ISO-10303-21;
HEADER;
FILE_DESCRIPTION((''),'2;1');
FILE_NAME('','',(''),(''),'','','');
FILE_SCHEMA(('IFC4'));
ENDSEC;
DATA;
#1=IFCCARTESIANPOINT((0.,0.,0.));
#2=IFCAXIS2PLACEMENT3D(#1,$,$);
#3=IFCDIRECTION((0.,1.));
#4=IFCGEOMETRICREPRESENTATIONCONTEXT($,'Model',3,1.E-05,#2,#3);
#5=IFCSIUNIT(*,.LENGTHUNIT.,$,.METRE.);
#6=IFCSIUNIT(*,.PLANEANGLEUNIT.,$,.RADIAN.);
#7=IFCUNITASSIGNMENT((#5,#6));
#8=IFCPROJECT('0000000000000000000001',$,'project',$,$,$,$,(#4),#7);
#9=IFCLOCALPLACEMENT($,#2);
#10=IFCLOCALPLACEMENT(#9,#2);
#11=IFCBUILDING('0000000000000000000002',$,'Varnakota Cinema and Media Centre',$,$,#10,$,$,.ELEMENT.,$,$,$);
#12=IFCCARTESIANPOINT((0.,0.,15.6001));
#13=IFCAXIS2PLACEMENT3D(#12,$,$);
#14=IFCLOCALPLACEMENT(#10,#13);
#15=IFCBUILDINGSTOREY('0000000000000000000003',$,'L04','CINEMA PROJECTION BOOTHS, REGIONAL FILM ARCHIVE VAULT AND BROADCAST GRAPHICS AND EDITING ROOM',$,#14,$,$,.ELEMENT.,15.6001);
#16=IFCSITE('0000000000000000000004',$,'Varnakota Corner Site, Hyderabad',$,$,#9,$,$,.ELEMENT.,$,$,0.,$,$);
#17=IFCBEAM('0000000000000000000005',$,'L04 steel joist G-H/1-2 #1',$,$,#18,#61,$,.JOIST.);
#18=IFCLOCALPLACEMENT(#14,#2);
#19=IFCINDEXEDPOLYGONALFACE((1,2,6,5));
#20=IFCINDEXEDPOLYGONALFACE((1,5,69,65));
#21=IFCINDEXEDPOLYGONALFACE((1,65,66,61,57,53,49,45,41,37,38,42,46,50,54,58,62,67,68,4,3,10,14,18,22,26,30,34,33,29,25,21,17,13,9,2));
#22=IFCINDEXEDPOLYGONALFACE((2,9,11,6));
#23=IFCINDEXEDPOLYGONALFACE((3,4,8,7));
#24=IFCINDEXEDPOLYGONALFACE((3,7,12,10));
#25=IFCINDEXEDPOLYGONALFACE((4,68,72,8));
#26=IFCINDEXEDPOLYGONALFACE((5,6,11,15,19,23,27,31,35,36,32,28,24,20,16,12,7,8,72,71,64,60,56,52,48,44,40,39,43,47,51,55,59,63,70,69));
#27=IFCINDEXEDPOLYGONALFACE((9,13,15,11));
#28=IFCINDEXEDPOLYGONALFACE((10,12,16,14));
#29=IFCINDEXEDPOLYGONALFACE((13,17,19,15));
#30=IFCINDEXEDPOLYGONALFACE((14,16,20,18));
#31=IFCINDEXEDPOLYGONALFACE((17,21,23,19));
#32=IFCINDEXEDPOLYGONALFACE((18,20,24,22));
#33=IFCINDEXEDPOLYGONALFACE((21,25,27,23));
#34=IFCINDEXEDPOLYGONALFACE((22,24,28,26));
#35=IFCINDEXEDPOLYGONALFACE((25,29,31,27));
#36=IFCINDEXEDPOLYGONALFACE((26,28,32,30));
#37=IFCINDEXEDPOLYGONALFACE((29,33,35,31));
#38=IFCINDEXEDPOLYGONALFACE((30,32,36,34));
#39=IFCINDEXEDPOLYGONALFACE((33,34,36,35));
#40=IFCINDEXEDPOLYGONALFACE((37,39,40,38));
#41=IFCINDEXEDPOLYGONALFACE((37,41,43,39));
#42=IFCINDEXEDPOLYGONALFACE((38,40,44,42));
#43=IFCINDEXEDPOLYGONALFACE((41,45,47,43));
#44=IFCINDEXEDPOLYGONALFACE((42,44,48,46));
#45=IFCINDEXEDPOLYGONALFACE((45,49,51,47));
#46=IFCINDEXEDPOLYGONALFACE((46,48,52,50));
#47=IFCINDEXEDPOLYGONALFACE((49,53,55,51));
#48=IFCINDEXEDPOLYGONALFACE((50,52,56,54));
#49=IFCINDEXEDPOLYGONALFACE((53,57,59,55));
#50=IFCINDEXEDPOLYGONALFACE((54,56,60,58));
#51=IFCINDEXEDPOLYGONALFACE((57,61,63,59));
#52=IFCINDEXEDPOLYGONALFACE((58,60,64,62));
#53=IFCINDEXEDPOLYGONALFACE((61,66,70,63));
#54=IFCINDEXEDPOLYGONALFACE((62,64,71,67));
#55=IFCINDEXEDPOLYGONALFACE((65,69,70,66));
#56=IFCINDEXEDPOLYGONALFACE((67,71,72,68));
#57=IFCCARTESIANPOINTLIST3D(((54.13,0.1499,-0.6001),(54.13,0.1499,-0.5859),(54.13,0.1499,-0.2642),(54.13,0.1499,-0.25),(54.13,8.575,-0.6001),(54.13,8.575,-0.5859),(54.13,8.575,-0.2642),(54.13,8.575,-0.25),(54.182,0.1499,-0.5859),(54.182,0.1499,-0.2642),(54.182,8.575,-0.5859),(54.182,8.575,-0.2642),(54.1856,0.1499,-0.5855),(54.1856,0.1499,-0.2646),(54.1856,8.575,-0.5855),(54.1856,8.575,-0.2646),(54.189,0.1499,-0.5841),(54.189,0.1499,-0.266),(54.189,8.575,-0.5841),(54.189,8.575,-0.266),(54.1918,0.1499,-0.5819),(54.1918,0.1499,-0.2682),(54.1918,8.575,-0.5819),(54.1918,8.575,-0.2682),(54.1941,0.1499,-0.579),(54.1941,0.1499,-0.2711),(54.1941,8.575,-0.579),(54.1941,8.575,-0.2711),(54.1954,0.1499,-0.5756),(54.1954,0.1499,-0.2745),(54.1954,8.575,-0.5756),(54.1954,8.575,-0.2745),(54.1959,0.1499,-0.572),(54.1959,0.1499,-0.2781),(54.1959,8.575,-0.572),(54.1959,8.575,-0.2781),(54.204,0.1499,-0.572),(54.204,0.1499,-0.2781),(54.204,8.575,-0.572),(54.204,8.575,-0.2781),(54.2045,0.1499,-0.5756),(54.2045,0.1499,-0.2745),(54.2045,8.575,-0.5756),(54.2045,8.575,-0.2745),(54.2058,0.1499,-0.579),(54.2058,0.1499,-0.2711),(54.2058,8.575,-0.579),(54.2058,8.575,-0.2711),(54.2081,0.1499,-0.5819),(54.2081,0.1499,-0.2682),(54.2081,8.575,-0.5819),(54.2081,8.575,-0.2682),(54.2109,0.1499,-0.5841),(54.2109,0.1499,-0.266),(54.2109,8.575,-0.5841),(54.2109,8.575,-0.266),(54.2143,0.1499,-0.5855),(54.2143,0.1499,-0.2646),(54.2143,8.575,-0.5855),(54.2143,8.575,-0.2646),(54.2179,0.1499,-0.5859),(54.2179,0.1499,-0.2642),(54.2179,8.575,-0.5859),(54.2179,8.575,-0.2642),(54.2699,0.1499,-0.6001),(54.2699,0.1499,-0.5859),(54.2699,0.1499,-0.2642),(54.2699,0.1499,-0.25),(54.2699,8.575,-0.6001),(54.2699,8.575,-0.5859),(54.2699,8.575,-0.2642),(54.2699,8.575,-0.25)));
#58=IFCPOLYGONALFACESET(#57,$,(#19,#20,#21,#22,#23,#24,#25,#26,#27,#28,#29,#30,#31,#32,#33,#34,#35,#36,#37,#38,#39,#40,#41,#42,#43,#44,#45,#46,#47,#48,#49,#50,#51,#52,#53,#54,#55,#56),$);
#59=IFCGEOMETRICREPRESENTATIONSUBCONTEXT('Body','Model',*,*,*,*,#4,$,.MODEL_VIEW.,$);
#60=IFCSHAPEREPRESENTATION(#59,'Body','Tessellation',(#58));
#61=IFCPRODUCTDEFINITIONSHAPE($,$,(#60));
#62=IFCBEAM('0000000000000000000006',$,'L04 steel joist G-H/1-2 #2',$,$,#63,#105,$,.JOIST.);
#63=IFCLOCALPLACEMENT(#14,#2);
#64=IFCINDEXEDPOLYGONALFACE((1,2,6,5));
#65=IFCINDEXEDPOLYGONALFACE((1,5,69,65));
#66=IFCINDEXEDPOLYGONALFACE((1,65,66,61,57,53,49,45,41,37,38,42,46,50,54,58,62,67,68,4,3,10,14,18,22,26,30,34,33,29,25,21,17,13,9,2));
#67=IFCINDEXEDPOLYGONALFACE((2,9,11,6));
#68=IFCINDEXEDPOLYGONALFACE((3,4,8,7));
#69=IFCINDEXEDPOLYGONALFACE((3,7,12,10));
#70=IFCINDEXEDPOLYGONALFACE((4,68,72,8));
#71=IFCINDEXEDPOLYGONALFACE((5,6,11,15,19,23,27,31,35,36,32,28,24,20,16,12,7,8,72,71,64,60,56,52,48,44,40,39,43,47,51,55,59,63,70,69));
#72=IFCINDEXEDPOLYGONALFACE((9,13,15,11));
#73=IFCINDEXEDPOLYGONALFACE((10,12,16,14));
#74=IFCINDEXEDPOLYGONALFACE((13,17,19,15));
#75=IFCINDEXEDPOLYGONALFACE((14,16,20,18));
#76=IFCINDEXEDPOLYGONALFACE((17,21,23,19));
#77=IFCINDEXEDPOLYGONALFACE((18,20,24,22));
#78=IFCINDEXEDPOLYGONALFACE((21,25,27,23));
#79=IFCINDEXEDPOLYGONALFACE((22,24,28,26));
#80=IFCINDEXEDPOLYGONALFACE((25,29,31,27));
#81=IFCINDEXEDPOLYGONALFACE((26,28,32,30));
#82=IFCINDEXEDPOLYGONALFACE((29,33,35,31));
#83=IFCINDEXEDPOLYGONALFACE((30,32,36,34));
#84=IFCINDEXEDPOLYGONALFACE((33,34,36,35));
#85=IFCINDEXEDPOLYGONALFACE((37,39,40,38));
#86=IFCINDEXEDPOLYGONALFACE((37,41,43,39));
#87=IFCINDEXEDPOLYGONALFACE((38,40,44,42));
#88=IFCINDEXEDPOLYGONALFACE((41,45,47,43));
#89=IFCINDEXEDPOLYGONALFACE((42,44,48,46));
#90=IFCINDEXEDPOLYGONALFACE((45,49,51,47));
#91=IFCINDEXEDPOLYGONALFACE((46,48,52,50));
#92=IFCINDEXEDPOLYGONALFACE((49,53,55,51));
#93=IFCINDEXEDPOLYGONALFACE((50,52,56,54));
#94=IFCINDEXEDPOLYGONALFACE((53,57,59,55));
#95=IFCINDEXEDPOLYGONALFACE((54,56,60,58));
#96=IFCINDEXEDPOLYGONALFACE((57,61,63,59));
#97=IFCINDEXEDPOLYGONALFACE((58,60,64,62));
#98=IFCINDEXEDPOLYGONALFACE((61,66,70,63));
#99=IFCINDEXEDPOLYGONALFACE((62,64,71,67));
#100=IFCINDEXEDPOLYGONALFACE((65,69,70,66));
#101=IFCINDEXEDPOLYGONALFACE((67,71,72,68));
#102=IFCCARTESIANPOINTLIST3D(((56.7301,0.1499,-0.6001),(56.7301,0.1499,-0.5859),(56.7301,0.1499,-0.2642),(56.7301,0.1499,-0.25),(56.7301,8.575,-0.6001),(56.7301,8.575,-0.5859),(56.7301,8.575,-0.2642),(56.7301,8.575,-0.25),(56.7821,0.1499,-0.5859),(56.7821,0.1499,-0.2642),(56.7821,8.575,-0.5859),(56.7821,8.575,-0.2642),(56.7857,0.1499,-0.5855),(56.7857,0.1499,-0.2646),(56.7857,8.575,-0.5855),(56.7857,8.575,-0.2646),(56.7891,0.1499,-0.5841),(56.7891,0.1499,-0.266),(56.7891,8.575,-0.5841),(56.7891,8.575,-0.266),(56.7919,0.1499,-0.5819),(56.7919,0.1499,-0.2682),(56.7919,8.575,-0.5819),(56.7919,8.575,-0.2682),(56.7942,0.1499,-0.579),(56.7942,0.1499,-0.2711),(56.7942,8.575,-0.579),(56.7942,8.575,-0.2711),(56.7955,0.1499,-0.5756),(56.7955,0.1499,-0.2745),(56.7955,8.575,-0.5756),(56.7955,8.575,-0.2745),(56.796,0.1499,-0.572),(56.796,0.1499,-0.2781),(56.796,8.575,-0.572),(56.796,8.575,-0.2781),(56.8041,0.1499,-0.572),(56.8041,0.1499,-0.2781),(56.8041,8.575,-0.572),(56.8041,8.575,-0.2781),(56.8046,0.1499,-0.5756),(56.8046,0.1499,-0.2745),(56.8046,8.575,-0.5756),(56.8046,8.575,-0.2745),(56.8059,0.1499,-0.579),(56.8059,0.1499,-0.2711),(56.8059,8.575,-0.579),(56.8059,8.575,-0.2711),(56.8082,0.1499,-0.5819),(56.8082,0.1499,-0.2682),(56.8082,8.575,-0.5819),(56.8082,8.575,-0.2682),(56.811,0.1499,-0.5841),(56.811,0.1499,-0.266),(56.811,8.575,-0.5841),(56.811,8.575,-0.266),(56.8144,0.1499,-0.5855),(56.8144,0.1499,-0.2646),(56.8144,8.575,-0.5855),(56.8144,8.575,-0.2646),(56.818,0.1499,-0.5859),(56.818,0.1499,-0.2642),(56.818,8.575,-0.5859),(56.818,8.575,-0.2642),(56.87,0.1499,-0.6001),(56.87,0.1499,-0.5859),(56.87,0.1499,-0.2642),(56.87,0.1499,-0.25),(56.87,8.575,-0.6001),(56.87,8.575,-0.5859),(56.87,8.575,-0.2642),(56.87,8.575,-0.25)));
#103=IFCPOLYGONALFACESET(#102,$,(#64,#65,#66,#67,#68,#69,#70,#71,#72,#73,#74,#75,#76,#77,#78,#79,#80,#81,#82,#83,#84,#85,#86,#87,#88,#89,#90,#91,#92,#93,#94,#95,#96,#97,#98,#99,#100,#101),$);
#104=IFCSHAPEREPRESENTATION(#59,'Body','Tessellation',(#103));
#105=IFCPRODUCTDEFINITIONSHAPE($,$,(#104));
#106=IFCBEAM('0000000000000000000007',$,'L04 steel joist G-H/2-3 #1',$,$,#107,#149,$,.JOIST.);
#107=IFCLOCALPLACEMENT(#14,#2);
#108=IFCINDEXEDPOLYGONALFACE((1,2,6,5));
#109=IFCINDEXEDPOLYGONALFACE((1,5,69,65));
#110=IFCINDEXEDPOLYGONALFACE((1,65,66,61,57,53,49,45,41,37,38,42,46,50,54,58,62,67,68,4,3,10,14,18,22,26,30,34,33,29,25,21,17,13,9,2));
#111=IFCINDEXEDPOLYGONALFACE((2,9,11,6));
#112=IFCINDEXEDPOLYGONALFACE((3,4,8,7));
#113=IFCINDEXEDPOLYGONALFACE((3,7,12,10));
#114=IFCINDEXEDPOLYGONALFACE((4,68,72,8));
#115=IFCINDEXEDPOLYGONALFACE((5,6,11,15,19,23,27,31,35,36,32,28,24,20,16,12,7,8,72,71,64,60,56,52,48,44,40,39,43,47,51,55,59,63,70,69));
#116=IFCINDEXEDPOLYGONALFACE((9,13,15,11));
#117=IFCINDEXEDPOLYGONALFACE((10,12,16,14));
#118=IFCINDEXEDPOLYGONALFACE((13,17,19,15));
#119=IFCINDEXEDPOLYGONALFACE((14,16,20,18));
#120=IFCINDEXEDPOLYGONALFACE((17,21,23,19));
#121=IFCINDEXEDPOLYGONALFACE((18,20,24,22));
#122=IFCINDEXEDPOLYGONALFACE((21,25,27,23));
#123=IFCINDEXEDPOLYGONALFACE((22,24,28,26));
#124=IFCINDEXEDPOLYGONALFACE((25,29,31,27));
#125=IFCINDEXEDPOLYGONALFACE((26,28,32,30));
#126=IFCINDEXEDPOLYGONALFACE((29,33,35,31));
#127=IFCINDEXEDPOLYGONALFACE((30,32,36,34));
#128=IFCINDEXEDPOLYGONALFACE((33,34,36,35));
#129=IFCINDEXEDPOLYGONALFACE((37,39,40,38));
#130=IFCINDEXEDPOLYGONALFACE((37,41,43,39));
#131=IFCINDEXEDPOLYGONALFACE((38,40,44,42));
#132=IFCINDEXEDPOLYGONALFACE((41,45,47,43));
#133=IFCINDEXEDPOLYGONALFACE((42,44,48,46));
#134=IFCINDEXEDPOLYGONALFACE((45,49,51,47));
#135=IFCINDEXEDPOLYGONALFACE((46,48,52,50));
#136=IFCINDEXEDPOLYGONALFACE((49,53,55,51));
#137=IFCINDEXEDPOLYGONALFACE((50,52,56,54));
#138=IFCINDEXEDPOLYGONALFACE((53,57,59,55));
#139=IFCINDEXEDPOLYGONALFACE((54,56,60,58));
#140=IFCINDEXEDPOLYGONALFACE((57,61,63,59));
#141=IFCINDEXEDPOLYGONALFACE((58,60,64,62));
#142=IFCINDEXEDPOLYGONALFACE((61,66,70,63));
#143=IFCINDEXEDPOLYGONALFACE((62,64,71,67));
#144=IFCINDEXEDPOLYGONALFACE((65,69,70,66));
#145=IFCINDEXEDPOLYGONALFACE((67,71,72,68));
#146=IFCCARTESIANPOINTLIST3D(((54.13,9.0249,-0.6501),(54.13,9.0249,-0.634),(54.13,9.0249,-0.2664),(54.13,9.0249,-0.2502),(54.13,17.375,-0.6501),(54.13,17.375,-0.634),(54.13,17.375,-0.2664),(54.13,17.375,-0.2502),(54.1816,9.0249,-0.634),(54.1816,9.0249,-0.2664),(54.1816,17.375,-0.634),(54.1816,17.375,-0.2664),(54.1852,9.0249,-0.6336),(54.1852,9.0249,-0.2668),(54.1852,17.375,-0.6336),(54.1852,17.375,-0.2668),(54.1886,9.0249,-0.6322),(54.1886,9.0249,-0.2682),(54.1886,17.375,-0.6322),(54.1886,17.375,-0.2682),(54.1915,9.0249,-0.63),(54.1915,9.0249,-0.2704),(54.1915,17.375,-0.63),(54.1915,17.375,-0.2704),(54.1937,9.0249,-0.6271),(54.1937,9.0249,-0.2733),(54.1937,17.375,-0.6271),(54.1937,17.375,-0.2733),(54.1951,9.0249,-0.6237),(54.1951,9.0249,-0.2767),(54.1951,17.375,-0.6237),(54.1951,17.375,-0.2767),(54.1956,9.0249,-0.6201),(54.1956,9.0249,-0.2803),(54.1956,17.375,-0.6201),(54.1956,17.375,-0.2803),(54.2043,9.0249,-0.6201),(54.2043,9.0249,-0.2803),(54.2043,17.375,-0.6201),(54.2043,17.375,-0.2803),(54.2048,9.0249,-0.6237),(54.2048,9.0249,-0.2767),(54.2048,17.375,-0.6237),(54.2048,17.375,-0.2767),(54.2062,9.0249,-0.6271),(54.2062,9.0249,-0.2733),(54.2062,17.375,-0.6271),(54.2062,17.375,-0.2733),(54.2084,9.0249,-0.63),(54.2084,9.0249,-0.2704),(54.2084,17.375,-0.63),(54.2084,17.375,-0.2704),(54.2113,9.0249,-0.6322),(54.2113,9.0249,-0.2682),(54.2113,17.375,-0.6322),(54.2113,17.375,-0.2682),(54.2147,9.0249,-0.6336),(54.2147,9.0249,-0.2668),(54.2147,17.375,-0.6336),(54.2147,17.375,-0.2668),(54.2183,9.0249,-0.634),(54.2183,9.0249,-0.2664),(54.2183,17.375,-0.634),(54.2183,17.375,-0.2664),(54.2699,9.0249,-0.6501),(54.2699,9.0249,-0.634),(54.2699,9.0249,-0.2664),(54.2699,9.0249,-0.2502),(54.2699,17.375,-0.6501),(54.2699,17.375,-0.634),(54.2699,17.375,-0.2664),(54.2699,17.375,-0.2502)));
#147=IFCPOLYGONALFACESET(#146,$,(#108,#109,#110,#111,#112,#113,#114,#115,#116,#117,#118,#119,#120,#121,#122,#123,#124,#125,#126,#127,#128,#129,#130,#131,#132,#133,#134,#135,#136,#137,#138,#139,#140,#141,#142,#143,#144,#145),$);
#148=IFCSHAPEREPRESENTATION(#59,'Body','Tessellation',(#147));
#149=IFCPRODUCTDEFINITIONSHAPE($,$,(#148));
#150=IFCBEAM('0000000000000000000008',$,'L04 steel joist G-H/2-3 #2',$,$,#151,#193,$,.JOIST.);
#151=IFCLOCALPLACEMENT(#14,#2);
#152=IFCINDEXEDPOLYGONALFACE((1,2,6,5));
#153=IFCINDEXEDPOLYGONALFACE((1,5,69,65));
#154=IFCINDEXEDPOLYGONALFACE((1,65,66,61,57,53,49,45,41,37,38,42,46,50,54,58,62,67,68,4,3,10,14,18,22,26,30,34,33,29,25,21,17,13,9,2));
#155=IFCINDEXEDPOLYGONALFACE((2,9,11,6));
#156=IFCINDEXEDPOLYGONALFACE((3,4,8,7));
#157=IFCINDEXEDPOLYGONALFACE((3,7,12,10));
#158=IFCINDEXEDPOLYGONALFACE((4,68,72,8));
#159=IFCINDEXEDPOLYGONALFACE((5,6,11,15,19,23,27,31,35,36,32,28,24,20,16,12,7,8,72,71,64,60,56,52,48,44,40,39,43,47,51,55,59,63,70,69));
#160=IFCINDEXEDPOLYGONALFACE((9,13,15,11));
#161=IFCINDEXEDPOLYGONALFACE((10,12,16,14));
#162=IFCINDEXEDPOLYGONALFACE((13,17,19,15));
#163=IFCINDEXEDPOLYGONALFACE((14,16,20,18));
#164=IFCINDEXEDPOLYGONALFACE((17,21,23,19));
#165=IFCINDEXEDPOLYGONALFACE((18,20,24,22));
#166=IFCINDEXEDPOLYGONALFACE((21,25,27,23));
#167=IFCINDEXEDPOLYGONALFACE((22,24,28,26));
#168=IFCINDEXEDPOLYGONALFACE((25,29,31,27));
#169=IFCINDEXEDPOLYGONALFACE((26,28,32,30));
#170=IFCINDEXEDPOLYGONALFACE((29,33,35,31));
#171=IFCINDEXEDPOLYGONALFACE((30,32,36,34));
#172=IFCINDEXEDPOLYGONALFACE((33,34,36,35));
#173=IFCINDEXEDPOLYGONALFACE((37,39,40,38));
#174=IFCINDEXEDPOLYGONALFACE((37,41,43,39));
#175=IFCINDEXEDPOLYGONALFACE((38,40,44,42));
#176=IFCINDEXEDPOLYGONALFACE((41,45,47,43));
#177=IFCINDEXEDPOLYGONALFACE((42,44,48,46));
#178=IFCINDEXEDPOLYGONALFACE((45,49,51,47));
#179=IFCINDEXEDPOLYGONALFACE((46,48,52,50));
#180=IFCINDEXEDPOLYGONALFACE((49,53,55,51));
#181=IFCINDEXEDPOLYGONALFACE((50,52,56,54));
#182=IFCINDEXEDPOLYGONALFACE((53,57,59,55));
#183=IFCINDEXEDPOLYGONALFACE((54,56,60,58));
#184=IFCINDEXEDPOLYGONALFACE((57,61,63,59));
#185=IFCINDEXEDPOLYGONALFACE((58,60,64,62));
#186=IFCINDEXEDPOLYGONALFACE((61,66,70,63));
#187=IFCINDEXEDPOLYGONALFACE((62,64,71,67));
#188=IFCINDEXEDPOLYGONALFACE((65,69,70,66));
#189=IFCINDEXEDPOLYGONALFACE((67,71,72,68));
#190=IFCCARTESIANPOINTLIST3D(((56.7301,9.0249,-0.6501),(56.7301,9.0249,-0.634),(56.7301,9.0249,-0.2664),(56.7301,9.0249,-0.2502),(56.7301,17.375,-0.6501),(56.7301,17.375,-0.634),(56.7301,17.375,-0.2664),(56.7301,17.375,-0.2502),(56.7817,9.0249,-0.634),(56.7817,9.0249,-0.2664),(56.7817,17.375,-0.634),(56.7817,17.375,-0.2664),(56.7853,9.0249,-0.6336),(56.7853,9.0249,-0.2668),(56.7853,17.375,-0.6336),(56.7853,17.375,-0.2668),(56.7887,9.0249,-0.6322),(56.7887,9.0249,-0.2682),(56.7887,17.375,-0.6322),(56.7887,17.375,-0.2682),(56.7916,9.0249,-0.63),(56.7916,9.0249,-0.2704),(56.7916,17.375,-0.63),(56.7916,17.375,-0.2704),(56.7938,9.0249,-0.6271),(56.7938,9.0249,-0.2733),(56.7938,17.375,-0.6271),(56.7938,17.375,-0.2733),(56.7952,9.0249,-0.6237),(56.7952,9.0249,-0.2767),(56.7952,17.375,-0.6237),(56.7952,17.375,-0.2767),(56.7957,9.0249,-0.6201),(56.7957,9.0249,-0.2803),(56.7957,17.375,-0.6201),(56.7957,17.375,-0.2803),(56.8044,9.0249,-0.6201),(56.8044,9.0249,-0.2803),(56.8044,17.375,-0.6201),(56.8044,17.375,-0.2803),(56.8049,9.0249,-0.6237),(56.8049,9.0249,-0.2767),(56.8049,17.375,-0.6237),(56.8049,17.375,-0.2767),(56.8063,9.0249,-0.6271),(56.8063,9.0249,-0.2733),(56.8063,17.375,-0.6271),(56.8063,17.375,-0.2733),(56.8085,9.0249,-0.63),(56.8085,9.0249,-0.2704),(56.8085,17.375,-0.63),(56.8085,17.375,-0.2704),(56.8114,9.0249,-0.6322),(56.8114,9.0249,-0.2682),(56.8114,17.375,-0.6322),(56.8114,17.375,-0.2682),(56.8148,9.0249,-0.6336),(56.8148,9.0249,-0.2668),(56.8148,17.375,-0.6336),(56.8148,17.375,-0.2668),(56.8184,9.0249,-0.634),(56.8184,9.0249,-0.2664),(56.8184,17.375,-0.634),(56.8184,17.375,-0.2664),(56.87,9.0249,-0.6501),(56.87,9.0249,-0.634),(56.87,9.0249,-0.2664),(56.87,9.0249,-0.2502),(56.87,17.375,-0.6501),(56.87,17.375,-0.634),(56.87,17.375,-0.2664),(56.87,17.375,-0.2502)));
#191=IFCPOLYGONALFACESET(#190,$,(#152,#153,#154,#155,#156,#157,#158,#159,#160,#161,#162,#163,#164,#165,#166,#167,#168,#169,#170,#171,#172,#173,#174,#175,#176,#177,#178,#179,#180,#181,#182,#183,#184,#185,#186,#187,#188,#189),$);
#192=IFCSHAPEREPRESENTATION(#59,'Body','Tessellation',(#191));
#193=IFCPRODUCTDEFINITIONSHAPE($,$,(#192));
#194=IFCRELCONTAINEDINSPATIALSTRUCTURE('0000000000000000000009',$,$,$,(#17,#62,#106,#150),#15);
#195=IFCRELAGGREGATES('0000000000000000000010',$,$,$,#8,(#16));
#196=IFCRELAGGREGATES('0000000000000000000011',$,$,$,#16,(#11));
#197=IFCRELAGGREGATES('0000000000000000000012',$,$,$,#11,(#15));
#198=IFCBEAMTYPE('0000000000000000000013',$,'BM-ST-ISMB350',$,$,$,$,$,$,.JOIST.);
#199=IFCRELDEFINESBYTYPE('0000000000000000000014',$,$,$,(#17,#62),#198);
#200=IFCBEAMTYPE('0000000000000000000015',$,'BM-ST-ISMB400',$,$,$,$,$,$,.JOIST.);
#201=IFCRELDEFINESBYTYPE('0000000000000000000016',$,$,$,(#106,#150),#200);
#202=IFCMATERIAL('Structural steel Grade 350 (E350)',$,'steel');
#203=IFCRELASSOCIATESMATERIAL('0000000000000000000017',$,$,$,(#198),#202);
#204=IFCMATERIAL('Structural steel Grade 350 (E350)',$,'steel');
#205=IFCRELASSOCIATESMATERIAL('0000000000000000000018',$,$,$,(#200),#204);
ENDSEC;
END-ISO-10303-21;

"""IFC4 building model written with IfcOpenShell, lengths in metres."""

from ifc_helpers import new_model, si_unit, direction, frame, origin, origin_2d, place, context, subcontext, project, spatial, i_section, extrude, material, material_profile, profile_set, type_object, element, save


model = new_model("IFC4")

# Units and contexts
model_context = context("Model", 3, precision=1e-05, world=origin(), true_north=direction((0.0, 1.0)))
body_context = subcontext(model_context, "Body", "Model", "MODEL_VIEW")
ifc_project = project(units=[si_unit("LENGTHUNIT", "METRE"), si_unit("PLANEANGLEUNIT", "RADIAN")], contexts=[model_context])

# Site, building, storey
site_placement = place(None, origin())
site = spatial("IfcSite", under=ifc_project, at=site_placement, Name="Varnakota Corner Site, Hyderabad", CompositionType="ELEMENT", RefElevation=0.0)
building_placement = place(site_placement, origin())
building = spatial("IfcBuilding", under=site, at=building_placement, Name="Varnakota Cinema and Media Centre", CompositionType="ELEMENT")
storey_placement = place(building_placement, frame((0.0, 0.0, 15.6001)))
storey = spatial("IfcBuildingStorey", under=building, at=storey_placement, Name="L04", Description="CINEMA PROJECTION BOOTHS, REGIONAL FILM ARCHIVE VAULT AND BROADCAST GRAPHICS AND EDITING ROOM", CompositionType="ELEMENT", Elevation=15.6001)

# Beams
ifc_material_1 = material(Name="Structural steel Grade 350 (E350)", Category="steel")
ifc_material_profile_1 = material_profile(ifc_material_1, i_section(OverallWidth=0.1399, OverallDepth=0.3501, WebThickness=0.0081, FlangeThickness=0.0142, FilletRadius=0.0139, at=origin_2d()), Name="ISMB 350")
ifc_profile_set_1 = profile_set([ifc_material_profile_1], Name="Structural steel Grade 350 (E350)")
beam_type_1 = type_object("IfcBeamType", Name="BM-ST-ISMB350", PredefinedType="JOIST", material=ifc_profile_set_1)
for number, where, z_axis, x_axis, name in (
    (1, (54.2, 0.1499, -0.425), (0.0, 1.0, 0.0), (-1.0, 0.0, 0.0), "L04 steel joist G-H/1-2 #1"),
    (2, (56.8, 0.1499, -0.425), (0.0, 1.0, 0.0), (-1.0, 0.0, 0.0), "L04 steel joist G-H/1-2 #2"),
):
    element("IfcBeam", number, at=place(storey_placement, frame(where, z_axis=z_axis, x_axis=x_axis)), inside=storey, type_object=beam_type_1, Name=name, PredefinedType="JOIST", context=body_context, shape_type="SweptSolid", body=[
        extrude(i_section(OverallWidth=0.1399, OverallDepth=0.3501, WebThickness=0.0081, FlangeThickness=0.0142, FilletRadius=0.0139, at=origin_2d()), origin(), (0.0, 0.0, 1.0), 8.425),
    ])
ifc_material_2 = material(Name="Structural steel Grade 350 (E350)", Category="steel")
ifc_material_profile_2 = material_profile(ifc_material_2, i_section(OverallWidth=0.1399, OverallDepth=0.3999, WebThickness=0.0088, FlangeThickness=0.0161, FilletRadius=0.0139, at=origin_2d()), Name="ISMB 400")
ifc_profile_set_2 = profile_set([ifc_material_profile_2], Name="Structural steel Grade 350 (E350)")
beam_type_2 = type_object("IfcBeamType", Name="BM-ST-ISMB400", PredefinedType="JOIST", material=ifc_profile_set_2)
for number, where, z_axis, x_axis, name in (
    (3, (54.2, 9.0249, -0.4502), (0.0, 1.0, 0.0), (-1.0, 0.0, 0.0), "L04 steel joist G-H/2-3 #1"),
    (4, (56.8, 9.0249, -0.4502), (0.0, 1.0, 0.0), (-1.0, 0.0, 0.0), "L04 steel joist G-H/2-3 #2"),
):
    element("IfcBeam", number, at=place(storey_placement, frame(where, z_axis=z_axis, x_axis=x_axis)), inside=storey, type_object=beam_type_2, Name=name, PredefinedType="JOIST", context=body_context, shape_type="SweptSolid", body=[
        extrude(i_section(OverallWidth=0.1399, OverallDepth=0.3999, WebThickness=0.0088, FlangeThickness=0.0161, FilletRadius=0.0139, at=origin_2d()), origin(), (0.0, 0.0, 1.0), 8.3501),
    ])

save(model, "model.ifc")
